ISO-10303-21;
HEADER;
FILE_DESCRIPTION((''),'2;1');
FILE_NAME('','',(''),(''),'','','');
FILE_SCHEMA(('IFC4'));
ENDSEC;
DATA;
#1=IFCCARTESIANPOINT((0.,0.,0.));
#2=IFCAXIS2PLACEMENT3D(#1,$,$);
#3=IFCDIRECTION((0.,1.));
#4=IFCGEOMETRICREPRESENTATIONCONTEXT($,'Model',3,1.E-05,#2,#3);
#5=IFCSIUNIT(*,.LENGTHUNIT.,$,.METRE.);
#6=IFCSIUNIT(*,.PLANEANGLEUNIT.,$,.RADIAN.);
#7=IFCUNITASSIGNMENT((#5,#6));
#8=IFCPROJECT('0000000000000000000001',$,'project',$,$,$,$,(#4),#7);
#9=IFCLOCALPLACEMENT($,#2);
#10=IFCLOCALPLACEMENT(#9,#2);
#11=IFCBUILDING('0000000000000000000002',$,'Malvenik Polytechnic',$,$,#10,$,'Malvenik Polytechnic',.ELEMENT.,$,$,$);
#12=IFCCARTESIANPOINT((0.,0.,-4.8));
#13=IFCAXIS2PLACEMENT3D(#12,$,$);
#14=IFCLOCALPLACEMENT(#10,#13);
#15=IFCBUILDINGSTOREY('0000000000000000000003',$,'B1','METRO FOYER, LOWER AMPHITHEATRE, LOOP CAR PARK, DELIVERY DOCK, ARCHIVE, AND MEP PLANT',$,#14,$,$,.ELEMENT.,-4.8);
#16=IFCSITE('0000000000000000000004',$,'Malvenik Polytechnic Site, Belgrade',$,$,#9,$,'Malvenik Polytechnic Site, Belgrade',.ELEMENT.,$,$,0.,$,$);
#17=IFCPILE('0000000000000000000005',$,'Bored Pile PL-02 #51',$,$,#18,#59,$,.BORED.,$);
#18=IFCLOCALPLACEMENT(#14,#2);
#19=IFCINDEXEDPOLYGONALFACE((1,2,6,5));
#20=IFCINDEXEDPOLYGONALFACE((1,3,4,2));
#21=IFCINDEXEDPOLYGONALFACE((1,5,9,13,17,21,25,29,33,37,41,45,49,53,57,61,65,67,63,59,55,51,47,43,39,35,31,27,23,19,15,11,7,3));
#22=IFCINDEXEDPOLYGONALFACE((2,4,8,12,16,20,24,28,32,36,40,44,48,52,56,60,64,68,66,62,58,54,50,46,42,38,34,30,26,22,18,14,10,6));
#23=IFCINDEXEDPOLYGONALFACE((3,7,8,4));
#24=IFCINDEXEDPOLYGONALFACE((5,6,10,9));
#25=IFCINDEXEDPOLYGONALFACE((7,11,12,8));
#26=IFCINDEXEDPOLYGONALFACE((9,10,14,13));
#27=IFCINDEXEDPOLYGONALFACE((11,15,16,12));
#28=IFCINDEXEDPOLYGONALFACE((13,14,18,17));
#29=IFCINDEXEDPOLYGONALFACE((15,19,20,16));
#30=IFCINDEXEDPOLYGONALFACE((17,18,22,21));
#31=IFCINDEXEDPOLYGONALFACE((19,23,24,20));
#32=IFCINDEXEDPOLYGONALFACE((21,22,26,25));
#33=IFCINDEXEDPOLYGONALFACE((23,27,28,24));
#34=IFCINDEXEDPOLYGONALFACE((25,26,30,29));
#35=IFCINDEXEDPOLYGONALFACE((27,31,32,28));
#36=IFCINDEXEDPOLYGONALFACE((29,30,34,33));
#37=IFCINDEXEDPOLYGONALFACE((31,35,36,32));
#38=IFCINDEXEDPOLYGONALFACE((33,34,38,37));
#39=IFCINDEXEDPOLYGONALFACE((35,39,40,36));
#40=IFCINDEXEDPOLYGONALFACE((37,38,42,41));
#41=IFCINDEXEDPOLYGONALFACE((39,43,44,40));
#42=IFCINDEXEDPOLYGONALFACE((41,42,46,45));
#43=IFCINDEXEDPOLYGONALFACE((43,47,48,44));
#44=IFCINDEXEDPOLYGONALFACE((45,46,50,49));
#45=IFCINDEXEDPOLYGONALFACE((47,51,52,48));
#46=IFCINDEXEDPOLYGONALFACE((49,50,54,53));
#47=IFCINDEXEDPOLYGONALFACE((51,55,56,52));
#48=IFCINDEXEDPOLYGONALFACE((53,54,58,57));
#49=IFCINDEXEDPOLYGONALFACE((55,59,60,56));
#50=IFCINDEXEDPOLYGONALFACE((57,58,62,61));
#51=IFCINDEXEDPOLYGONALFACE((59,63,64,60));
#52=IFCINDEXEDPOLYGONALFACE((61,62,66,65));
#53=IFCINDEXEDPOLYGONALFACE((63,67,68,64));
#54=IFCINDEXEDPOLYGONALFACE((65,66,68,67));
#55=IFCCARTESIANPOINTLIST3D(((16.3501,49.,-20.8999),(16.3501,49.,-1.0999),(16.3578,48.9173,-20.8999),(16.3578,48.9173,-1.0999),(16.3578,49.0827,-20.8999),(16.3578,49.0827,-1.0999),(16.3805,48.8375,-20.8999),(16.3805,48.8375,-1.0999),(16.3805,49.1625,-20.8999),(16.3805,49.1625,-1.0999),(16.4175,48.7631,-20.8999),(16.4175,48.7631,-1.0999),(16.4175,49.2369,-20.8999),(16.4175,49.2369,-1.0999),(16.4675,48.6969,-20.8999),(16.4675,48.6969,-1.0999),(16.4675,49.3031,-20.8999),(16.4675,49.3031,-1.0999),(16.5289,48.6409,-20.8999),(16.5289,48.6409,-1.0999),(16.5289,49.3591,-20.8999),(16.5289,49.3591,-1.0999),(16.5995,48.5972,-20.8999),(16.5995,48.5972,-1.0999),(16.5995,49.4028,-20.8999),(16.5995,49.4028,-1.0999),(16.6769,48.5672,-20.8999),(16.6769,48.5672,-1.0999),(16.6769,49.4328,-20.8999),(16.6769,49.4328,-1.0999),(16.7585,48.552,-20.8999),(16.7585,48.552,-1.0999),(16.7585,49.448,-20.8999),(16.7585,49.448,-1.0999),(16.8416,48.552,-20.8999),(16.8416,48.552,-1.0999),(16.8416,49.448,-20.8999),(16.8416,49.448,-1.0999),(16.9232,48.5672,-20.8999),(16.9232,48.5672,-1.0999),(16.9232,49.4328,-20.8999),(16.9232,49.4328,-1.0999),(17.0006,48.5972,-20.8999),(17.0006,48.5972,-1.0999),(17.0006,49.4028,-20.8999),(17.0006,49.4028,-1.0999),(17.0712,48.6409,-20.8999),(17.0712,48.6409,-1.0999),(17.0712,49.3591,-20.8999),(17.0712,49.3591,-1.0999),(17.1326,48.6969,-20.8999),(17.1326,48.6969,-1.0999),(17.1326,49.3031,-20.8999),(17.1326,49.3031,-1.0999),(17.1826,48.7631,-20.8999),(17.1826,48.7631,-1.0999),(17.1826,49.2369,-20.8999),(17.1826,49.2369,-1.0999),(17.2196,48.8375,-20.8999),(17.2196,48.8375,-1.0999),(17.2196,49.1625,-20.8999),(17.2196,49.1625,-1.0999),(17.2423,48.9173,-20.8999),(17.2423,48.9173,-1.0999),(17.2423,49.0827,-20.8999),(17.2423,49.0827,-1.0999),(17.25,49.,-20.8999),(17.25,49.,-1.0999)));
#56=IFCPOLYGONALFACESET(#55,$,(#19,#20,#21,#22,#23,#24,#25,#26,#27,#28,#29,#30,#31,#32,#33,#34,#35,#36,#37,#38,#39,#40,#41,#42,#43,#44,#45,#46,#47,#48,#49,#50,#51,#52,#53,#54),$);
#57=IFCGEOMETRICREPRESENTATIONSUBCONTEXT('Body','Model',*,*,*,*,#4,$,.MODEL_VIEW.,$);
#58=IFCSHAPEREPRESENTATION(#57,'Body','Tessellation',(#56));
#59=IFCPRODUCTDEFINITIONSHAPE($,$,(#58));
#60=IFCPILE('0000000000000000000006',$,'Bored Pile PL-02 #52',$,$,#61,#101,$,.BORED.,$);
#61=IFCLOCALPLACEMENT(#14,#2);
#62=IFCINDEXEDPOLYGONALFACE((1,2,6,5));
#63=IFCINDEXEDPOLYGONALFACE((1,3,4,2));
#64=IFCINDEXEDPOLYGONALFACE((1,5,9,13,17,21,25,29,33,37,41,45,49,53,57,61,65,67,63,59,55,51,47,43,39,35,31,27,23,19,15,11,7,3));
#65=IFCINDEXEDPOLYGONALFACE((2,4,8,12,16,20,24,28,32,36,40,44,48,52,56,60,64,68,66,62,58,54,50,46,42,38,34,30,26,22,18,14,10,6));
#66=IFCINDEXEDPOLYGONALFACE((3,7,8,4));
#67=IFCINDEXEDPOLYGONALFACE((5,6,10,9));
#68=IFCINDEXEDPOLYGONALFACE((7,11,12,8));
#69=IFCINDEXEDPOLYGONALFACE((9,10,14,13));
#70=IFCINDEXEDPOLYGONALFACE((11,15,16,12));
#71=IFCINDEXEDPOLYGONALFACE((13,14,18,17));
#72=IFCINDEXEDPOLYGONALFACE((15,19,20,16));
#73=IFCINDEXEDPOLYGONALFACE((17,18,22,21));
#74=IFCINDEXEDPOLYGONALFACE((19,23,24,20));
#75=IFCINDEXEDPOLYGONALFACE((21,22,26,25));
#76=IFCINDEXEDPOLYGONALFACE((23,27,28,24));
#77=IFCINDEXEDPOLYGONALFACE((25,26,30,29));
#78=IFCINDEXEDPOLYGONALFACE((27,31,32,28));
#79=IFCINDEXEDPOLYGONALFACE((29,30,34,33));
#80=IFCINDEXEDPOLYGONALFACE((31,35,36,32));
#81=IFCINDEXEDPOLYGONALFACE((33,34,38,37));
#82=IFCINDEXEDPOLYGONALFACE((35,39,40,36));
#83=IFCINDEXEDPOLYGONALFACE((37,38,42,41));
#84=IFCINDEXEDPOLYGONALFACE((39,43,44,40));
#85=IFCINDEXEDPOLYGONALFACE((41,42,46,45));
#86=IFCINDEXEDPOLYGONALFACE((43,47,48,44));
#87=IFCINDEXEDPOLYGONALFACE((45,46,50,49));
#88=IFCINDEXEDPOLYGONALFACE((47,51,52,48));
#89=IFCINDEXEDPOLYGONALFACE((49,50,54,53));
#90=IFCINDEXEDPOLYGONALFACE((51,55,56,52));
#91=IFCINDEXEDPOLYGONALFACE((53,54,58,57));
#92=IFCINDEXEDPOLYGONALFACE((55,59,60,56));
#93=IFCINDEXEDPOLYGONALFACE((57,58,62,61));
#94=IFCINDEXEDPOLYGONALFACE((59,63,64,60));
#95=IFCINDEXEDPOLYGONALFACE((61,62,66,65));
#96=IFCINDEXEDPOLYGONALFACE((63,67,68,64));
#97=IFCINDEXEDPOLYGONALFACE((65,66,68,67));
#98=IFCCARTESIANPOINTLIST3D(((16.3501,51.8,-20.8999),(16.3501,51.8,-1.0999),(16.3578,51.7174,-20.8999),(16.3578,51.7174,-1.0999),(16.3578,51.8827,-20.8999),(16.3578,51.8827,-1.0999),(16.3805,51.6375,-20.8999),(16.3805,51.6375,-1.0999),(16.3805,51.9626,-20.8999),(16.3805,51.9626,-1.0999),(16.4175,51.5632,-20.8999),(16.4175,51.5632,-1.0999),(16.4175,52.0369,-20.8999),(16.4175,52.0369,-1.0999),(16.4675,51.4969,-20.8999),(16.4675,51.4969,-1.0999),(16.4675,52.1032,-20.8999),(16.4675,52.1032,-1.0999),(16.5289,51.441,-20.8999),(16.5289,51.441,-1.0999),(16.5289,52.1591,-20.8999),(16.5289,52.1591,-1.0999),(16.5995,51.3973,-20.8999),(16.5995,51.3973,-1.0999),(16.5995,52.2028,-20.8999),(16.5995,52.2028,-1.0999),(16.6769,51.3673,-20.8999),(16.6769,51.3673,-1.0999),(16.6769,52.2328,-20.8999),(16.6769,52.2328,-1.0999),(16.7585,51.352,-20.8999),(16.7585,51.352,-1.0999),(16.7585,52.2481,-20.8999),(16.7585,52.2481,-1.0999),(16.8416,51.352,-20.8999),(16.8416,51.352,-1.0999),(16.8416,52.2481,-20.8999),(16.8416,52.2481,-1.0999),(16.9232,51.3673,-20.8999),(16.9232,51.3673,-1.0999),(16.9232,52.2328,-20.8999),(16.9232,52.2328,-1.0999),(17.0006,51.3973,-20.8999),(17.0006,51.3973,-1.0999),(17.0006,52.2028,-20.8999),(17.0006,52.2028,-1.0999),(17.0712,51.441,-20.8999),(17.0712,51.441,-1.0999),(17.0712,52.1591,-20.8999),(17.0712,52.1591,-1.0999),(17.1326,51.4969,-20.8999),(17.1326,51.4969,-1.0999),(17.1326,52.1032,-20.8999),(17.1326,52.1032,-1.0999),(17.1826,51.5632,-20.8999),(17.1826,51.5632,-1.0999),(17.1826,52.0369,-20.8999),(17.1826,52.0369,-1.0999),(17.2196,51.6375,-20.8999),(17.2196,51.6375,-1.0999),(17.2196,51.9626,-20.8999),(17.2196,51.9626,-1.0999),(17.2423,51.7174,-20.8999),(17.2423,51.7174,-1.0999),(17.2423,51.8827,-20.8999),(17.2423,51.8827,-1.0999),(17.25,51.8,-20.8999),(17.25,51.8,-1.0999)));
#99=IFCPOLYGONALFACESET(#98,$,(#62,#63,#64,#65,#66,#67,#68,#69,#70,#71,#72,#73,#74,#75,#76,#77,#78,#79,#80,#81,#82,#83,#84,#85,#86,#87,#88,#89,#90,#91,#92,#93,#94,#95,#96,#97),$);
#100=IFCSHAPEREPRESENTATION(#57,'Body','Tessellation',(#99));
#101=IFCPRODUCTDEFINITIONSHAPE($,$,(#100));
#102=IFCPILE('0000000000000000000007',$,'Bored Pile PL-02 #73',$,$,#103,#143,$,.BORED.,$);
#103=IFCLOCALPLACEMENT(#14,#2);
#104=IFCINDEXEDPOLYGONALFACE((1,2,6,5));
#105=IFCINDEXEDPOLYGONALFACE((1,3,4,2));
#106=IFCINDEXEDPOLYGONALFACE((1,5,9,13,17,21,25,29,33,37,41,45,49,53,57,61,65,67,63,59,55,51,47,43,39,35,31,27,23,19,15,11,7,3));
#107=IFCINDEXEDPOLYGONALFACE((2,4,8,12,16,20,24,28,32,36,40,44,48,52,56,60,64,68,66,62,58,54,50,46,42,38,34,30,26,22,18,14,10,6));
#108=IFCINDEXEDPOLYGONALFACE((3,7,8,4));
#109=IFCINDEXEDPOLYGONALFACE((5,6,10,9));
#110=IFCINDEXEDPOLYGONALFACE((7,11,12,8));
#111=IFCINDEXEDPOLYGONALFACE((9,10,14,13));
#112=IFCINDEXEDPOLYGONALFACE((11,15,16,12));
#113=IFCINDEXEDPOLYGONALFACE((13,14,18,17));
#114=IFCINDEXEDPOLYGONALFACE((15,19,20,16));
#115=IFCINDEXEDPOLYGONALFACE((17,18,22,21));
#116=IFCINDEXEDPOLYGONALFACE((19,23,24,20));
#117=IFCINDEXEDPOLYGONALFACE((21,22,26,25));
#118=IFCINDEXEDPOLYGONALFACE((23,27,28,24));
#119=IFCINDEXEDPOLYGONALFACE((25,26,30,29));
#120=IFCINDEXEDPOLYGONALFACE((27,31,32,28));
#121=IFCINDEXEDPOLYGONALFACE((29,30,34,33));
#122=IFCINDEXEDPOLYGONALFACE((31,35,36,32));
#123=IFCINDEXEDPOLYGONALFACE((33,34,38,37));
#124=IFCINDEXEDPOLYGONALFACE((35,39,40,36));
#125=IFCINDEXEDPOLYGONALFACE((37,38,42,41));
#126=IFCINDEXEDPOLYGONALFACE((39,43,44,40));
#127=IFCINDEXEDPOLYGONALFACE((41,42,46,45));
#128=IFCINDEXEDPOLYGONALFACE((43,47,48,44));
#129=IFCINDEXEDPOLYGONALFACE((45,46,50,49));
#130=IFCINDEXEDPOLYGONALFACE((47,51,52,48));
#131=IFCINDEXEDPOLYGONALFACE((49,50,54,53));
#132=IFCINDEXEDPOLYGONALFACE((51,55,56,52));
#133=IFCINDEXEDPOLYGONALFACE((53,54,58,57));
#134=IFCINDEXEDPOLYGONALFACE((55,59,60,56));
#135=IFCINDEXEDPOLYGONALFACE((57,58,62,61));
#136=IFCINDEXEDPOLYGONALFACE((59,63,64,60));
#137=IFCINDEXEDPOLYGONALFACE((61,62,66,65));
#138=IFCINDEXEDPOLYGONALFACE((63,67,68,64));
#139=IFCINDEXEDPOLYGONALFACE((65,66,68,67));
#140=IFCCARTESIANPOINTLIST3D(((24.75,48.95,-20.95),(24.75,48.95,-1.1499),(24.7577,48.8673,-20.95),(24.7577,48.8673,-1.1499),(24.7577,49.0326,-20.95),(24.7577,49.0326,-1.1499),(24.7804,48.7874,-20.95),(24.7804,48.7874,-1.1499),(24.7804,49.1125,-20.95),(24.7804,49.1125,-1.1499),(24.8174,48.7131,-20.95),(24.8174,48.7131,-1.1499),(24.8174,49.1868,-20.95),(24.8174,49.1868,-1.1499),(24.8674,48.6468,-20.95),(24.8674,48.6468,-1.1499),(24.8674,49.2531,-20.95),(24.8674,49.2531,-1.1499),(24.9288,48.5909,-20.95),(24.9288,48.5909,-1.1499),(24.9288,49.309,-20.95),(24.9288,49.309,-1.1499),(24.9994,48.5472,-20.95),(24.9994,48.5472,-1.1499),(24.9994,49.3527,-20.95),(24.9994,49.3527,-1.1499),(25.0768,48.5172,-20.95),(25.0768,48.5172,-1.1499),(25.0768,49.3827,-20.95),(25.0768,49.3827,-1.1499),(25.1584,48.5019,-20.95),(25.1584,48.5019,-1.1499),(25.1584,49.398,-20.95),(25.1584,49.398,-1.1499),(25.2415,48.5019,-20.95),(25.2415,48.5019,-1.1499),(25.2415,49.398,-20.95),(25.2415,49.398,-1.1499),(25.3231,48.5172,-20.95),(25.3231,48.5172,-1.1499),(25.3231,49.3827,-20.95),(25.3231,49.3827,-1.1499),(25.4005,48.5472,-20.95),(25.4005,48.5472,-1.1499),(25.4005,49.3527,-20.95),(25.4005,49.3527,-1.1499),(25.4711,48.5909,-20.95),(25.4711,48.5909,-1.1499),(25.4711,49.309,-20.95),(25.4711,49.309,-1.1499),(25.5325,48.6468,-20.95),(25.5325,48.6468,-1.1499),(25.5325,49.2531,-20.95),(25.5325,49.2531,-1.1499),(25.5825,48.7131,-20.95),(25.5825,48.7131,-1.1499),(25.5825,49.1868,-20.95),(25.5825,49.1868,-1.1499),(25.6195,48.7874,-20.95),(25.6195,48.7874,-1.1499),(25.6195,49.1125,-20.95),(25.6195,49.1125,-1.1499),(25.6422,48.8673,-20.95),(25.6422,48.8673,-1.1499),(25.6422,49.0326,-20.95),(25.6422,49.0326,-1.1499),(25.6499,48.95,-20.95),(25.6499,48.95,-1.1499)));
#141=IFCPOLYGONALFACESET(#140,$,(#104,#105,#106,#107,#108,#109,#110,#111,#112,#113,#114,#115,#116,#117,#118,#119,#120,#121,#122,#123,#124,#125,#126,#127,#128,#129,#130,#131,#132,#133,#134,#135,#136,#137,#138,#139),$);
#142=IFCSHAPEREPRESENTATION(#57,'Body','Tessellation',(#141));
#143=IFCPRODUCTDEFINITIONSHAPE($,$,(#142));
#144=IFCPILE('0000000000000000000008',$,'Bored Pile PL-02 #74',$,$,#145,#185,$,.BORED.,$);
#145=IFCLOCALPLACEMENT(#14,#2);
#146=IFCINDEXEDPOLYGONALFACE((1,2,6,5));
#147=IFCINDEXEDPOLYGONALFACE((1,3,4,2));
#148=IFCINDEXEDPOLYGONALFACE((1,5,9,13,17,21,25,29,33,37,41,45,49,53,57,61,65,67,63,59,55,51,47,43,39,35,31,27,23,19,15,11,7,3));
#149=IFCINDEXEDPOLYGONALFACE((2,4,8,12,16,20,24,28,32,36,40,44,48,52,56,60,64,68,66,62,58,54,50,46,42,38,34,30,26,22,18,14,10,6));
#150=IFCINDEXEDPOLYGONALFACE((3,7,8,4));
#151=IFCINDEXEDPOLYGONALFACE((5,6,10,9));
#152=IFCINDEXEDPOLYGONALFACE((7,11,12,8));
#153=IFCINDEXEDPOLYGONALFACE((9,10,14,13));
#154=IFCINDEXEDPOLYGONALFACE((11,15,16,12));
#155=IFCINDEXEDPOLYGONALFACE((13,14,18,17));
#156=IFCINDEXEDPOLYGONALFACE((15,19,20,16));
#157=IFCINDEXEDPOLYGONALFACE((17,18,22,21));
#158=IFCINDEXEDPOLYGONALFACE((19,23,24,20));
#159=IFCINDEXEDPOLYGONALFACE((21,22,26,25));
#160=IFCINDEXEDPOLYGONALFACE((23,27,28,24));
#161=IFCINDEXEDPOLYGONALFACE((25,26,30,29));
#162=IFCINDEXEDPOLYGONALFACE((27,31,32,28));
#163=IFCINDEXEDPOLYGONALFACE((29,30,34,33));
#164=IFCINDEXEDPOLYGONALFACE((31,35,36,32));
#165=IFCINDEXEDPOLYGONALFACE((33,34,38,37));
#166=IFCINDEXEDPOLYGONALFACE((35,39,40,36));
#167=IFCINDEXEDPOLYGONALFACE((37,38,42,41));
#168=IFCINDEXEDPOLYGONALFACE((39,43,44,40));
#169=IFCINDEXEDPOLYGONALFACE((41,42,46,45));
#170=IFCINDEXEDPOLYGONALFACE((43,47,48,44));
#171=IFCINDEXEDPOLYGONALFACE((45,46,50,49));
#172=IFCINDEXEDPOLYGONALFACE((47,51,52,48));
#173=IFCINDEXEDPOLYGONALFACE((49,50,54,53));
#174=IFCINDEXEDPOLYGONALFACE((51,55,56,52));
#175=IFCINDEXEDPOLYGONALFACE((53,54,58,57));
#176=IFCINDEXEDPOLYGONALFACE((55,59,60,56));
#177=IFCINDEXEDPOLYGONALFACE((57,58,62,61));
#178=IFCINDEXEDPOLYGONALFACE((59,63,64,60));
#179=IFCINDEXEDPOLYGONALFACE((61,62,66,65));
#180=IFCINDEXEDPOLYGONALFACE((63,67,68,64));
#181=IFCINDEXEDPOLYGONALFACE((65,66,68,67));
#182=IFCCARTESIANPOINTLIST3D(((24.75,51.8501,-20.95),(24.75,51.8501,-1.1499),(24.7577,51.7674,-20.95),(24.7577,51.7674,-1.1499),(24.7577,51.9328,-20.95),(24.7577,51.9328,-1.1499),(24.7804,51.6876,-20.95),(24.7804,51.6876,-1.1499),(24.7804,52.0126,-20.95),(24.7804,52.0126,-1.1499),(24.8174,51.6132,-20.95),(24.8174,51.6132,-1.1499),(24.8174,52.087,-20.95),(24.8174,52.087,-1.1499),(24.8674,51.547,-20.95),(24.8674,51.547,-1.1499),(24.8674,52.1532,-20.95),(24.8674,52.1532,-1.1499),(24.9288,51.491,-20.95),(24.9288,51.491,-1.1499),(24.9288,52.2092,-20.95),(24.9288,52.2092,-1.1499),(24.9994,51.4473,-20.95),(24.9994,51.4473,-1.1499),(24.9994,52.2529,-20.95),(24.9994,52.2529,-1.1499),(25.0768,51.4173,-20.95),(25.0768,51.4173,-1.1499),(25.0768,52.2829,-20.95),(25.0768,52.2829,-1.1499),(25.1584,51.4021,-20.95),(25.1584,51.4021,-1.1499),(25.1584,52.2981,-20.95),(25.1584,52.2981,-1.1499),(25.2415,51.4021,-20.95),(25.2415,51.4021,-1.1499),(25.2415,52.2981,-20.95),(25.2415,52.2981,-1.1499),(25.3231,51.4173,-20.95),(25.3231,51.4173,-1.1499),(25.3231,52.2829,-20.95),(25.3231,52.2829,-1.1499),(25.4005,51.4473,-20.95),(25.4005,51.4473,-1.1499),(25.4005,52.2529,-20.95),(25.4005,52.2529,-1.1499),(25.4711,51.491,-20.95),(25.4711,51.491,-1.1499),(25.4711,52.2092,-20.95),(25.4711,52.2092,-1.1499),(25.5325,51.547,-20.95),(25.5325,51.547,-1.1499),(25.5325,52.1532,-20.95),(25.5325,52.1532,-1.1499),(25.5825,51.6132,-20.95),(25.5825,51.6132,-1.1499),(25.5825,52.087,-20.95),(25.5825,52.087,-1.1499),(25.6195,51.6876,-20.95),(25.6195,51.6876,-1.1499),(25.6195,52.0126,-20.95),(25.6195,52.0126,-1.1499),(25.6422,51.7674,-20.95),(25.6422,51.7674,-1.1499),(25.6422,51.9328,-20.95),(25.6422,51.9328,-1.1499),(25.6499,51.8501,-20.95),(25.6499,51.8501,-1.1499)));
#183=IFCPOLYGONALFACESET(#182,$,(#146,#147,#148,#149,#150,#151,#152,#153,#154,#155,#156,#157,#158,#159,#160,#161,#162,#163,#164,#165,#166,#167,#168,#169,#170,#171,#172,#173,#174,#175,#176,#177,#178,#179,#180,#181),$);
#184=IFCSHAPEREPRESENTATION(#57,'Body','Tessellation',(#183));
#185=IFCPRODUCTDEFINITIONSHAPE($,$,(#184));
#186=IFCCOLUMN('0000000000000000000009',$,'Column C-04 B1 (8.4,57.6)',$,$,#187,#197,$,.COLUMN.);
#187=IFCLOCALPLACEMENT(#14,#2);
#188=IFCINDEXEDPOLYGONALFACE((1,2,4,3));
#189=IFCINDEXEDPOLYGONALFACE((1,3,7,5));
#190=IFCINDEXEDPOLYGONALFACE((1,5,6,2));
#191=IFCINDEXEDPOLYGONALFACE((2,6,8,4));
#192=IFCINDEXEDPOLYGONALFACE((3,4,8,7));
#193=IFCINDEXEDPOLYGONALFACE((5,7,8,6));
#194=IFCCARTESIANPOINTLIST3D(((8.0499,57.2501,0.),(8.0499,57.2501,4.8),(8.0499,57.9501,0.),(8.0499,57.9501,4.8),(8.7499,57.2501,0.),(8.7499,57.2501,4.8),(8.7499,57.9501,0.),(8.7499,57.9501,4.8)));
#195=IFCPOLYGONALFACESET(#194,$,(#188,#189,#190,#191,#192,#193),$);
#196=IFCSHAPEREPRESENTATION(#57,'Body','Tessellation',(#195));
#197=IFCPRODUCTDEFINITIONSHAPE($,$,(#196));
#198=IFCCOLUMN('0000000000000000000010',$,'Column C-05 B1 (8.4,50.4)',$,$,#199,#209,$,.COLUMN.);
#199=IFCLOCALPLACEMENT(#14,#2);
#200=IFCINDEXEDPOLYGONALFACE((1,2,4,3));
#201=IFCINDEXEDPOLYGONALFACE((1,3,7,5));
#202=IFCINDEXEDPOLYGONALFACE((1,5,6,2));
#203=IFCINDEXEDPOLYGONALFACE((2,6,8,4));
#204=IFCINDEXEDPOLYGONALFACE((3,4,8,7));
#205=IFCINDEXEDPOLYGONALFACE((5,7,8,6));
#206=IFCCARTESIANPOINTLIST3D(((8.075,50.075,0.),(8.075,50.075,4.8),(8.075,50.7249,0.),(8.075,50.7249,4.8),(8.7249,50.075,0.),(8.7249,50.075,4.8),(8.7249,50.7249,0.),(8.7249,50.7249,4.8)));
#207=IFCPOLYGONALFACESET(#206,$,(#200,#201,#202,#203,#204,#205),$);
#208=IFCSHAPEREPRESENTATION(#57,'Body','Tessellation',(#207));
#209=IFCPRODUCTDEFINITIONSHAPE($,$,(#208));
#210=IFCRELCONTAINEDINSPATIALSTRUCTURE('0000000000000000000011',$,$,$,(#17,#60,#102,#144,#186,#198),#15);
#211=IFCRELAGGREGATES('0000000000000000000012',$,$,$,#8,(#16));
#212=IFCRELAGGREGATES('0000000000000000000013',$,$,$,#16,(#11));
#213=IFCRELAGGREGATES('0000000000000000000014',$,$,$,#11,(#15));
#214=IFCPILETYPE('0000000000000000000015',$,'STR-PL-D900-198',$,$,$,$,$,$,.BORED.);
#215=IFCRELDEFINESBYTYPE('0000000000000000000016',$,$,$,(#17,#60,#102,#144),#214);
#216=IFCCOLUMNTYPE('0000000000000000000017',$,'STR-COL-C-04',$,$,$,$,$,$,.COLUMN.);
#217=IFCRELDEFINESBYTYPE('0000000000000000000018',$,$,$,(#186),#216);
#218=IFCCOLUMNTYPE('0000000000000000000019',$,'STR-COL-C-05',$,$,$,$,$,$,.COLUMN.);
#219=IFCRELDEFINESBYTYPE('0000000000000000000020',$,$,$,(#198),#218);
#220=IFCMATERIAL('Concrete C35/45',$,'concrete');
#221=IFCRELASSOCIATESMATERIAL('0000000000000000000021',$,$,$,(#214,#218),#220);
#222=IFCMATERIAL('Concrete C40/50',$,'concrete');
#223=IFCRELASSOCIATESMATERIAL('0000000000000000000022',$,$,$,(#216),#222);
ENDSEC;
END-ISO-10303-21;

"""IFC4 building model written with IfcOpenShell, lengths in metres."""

from ifc_helpers import new_model, si_unit, direction, frame, origin, origin_2d, place, context, subcontext, project, spatial, rectangle, circle, extrude, material, material_profile, profile_set, type_object, element, save


model = new_model("IFC4")

# Units and contexts
model_context = context("Model", 3, precision=1e-05, world=origin(), true_north=direction((0.0, 1.0)))
body_context = subcontext(model_context, "Body", "Model", "MODEL_VIEW")
ifc_project = project(units=[si_unit("LENGTHUNIT", "METRE"), si_unit("PLANEANGLEUNIT", "RADIAN")], contexts=[model_context])

# Site, building, storey
site_placement = place(None, origin())
site = spatial("IfcSite", under=ifc_project, at=site_placement, Name="Malvenik Polytechnic Site, Belgrade", LongName="Malvenik Polytechnic Site, Belgrade", CompositionType="ELEMENT", RefElevation=0.0)
building_placement = place(site_placement, origin())
building = spatial("IfcBuilding", under=site, at=building_placement, Name="Malvenik Polytechnic", LongName="Malvenik Polytechnic", CompositionType="ELEMENT")
storey_placement = place(building_placement, frame((0.0, 0.0, -4.8)))
storey = spatial("IfcBuildingStorey", under=building, at=storey_placement, Name="B1", Description="METRO FOYER, LOWER AMPHITHEATRE, LOOP CAR PARK, DELIVERY DOCK, ARCHIVE, AND MEP PLANT", CompositionType="ELEMENT", Elevation=-4.8)

# Shared definitions
ifc_material_1 = material(Name="Concrete C35/45", Category="concrete")

# Piles
ifc_material_profile_1 = material_profile(ifc_material_1, circle(Radius=0.45, at=origin_2d()), Name="BORED PILE D900")
ifc_profile_set_1 = profile_set([ifc_material_profile_1], Name="Concrete C35/45")
pile_type = type_object("IfcPileType", Name="STR-PL-D900-198", PredefinedType="BORED", material=ifc_profile_set_1)
for number, where, z_axis, x_axis, name in (
    (1, (16.8, 49.0, -1.0999), (0.0, 0.0, -1.0), (1.0, 0.0, 0.0), "Bored Pile PL-02 #51"),
    (2, (16.8, 51.8, -1.0999), (0.0, 0.0, -1.0), (1.0, 0.0, 0.0), "Bored Pile PL-02 #52"),
    (3, (25.2, 48.95, -1.1499), (0.0, 0.0, -1.0), (1.0, 0.0, 0.0), "Bored Pile PL-02 #73"),
    (4, (25.2, 51.8501, -1.1499), (0.0, 0.0, -1.0), (1.0, 0.0, 0.0), "Bored Pile PL-02 #74"),
):
    element("IfcPile", number, at=place(storey_placement, frame(where, z_axis=z_axis, x_axis=x_axis)), inside=storey, type_object=pile_type, Name=name, PredefinedType="BORED", context=body_context, shape_type="SweptSolid", body=[
        extrude(circle(Radius=0.45, at=origin_2d()), origin(), (0.0, 0.0, 1.0), 19.8),
    ])

# Columns
ifc_material_2 = material(Name="Concrete C40/50", Category="concrete")
ifc_material_profile_2 = material_profile(ifc_material_2, rectangle(XDim=0.7, YDim=0.7, at=origin_2d()), Name="RC COL 700x700")
ifc_profile_set_2 = profile_set([ifc_material_profile_2], Name="Concrete C40/50")
column_type_1 = type_object("IfcColumnType", Name="STR-COL-C-04", PredefinedType="COLUMN", material=ifc_profile_set_2)
column_placement = place(storey_placement, frame((8.3999, 57.6001, 0.0), z_axis=(0.0, 0.0, 1.0), x_axis=(1.0, 0.0, 0.0)))
element("IfcColumn", 5, at=column_placement, inside=storey, type_object=column_type_1, Name="Column C-04 B1 (8.4,57.6)", PredefinedType="COLUMN", context=body_context, shape_type="SweptSolid", body=[
    extrude(rectangle(XDim=0.7, YDim=0.7, at=origin_2d()), origin(), (0.0, 0.0, 1.0), 4.8),
])
ifc_material_profile_3 = material_profile(ifc_material_1, rectangle(XDim=0.6499, YDim=0.6499, at=origin_2d()), Name="RC COL 650x650")
ifc_profile_set_3 = profile_set([ifc_material_profile_3], Name="Concrete C35/45")
column_type_2 = type_object("IfcColumnType", Name="STR-COL-C-05", PredefinedType="COLUMN", material=ifc_profile_set_3)
for number, where, z_axis, x_axis, name in (
    (6, (8.3999, 50.3999, 0.0), (0.0, 0.0, 1.0), (1.0, 0.0, 0.0), "Column C-05 B1 (8.4,50.4)"),
):
    element("IfcColumn", number, at=place(storey_placement, frame(where, z_axis=z_axis, x_axis=x_axis)), inside=storey, type_object=column_type_2, Name=name, PredefinedType="COLUMN", context=body_context, shape_type="SweptSolid", body=[
        extrude(rectangle(XDim=0.6499, YDim=0.6499, at=origin_2d()), origin(), (0.0, 0.0, 1.0), 4.8),
    ])

save(model, "model.ifc")
